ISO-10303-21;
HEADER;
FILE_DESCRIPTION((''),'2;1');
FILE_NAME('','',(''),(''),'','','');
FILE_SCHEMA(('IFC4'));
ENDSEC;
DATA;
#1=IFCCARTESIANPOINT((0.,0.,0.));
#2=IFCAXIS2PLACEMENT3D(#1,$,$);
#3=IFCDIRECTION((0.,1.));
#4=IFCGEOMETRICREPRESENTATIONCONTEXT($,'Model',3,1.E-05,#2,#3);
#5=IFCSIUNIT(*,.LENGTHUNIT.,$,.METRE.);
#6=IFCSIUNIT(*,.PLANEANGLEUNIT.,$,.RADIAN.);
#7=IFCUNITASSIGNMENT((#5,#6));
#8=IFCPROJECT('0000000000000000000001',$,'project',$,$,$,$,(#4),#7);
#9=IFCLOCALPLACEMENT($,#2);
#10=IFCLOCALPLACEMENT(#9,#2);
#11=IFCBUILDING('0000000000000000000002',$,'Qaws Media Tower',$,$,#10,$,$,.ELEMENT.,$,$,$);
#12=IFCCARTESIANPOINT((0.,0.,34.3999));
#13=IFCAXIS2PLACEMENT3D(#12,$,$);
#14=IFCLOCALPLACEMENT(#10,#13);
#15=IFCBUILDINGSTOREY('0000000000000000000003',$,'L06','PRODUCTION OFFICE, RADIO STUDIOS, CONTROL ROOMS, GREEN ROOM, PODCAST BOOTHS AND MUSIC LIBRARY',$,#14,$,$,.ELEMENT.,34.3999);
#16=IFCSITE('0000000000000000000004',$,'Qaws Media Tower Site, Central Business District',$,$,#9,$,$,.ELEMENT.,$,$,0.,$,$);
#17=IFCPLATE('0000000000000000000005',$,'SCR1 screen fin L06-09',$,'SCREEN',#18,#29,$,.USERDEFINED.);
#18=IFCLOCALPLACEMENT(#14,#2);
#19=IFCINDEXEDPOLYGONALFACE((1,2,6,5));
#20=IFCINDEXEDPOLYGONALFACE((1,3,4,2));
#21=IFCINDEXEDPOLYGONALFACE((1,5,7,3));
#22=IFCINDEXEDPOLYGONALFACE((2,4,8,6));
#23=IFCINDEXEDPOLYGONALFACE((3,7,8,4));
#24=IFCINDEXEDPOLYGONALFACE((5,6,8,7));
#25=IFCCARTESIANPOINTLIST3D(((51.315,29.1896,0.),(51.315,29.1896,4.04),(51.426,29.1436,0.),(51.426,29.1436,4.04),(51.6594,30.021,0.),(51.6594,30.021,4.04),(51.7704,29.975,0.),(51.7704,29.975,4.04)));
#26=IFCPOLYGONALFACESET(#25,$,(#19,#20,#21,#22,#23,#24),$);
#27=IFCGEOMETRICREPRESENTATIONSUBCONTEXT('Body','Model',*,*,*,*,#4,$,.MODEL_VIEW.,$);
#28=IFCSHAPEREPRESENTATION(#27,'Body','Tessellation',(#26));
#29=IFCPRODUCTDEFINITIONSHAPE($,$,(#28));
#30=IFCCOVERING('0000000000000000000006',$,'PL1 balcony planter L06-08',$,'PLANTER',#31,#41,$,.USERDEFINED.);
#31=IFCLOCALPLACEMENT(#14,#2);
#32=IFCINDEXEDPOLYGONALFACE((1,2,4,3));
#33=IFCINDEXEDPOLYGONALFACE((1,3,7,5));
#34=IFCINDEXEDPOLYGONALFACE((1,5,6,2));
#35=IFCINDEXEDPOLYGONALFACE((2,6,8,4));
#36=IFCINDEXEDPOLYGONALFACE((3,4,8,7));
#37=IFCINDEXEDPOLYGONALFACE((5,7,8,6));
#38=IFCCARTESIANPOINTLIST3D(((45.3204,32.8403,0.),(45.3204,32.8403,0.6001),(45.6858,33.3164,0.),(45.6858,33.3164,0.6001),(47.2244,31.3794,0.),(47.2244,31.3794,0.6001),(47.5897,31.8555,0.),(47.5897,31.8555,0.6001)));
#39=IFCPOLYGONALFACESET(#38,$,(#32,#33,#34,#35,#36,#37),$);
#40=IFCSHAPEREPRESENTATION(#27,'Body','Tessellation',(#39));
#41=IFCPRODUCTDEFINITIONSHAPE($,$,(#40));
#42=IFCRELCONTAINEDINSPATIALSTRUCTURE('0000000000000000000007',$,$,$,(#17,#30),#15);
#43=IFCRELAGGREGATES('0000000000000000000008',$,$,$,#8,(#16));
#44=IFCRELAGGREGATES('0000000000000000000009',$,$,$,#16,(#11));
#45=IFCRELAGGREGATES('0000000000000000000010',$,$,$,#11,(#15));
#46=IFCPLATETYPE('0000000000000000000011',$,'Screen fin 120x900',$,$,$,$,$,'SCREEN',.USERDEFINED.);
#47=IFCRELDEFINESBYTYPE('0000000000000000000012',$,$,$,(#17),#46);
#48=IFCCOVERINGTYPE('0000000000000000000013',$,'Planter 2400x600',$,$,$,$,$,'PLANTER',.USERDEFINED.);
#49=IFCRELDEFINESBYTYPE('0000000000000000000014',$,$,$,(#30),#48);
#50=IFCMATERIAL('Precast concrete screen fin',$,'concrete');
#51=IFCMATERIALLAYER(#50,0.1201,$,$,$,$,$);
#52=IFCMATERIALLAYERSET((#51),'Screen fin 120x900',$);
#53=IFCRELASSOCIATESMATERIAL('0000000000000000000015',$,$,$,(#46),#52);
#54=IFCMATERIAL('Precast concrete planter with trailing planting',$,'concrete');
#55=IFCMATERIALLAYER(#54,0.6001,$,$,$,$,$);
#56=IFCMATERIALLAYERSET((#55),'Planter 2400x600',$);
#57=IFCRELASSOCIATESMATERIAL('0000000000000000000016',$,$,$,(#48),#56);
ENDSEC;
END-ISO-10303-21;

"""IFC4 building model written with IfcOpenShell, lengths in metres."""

from ifc_helpers import new_model, si_unit, direction, frame, origin, origin_2d, place, context, subcontext, project, spatial, rectangle, extrude, material, layer, layer_set, type_object, element, save


model = new_model("IFC4")

# Units and contexts
model_context = context("Model", 3, precision=1e-05, world=origin(), true_north=direction((0.0, 1.0)))
body_context = subcontext(model_context, "Body", "Model", "MODEL_VIEW")
ifc_project = project(units=[si_unit("LENGTHUNIT", "METRE"), si_unit("PLANEANGLEUNIT", "RADIAN")], contexts=[model_context])

# Site, building, storey
site_placement = place(None, origin())
site = spatial("IfcSite", under=ifc_project, at=site_placement, Name="Qaws Media Tower Site, Central Business District", CompositionType="ELEMENT", RefElevation=0.0)
building_placement = place(site_placement, origin())
building = spatial("IfcBuilding", under=site, at=building_placement, Name="Qaws Media Tower", CompositionType="ELEMENT")
storey_placement = place(building_placement, frame((0.0, 0.0, 34.3999)))
storey = spatial("IfcBuildingStorey", under=building, at=storey_placement, Name="L06", Description="PRODUCTION OFFICE, RADIO STUDIOS, CONTROL ROOMS, GREEN ROOM, PODCAST BOOTHS AND MUSIC LIBRARY", CompositionType="ELEMENT", Elevation=34.3999)

# Plate
ifc_material_1 = material(Name="Precast concrete screen fin", Category="concrete")
ifc_layer_1 = layer(ifc_material_1, 0.1201)
ifc_layer_set_1 = layer_set([ifc_layer_1], Name="Screen fin 120x900")
plate_type_1 = type_object("IfcPlateType", Name="Screen fin 120x900", ElementType="SCREEN", PredefinedType="USERDEFINED", material=ifc_layer_set_1)
plate_1_placement = place(storey_placement, frame((51.5427, 29.5823, 0.0), z_axis=(0.0, 0.0, 1.0), x_axis=(-0.382683, -0.92388, 0.0)))
element("IfcPlate", 1, at=plate_1_placement, inside=storey, type_object=plate_type_1, Name="SCR1 screen fin L06-09", ObjectType="SCREEN", PredefinedType="USERDEFINED", context=body_context, shape_type="SweptSolid", body=[
    extrude(rectangle(XDim=0.8999, YDim=0.1201, at=origin_2d()), origin(), (0.0, 0.0, 1.0), 4.04),
])

# Covering
ifc_material_2 = material(Name="Precast concrete planter with trailing planting", Category="concrete")
ifc_layer_2 = layer(ifc_material_2, 0.6001)
ifc_layer_set_2 = layer_set([ifc_layer_2], Name="Planter 2400x600")
covering_type = type_object("IfcCoveringType", Name="Planter 2400x600", ElementType="PLANTER", PredefinedType="USERDEFINED", material=ifc_layer_set_2)
covering_placement = place(storey_placement, frame((46.4551, 32.3479, 0.0), z_axis=(0.0, 0.0, 1.0), x_axis=(0.793353, -0.608761, 0.0)))
element("IfcCovering", 2, at=covering_placement, inside=storey, type_object=covering_type, Name="PL1 balcony planter L06-08", ObjectType="PLANTER", PredefinedType="USERDEFINED", context=body_context, shape_type="SweptSolid", body=[
    extrude(rectangle(XDim=2.3999, YDim=0.6001, at=origin_2d()), origin(), (0.0, 0.0, 1.0), 0.6001),
])

save(model, "model.ifc")
